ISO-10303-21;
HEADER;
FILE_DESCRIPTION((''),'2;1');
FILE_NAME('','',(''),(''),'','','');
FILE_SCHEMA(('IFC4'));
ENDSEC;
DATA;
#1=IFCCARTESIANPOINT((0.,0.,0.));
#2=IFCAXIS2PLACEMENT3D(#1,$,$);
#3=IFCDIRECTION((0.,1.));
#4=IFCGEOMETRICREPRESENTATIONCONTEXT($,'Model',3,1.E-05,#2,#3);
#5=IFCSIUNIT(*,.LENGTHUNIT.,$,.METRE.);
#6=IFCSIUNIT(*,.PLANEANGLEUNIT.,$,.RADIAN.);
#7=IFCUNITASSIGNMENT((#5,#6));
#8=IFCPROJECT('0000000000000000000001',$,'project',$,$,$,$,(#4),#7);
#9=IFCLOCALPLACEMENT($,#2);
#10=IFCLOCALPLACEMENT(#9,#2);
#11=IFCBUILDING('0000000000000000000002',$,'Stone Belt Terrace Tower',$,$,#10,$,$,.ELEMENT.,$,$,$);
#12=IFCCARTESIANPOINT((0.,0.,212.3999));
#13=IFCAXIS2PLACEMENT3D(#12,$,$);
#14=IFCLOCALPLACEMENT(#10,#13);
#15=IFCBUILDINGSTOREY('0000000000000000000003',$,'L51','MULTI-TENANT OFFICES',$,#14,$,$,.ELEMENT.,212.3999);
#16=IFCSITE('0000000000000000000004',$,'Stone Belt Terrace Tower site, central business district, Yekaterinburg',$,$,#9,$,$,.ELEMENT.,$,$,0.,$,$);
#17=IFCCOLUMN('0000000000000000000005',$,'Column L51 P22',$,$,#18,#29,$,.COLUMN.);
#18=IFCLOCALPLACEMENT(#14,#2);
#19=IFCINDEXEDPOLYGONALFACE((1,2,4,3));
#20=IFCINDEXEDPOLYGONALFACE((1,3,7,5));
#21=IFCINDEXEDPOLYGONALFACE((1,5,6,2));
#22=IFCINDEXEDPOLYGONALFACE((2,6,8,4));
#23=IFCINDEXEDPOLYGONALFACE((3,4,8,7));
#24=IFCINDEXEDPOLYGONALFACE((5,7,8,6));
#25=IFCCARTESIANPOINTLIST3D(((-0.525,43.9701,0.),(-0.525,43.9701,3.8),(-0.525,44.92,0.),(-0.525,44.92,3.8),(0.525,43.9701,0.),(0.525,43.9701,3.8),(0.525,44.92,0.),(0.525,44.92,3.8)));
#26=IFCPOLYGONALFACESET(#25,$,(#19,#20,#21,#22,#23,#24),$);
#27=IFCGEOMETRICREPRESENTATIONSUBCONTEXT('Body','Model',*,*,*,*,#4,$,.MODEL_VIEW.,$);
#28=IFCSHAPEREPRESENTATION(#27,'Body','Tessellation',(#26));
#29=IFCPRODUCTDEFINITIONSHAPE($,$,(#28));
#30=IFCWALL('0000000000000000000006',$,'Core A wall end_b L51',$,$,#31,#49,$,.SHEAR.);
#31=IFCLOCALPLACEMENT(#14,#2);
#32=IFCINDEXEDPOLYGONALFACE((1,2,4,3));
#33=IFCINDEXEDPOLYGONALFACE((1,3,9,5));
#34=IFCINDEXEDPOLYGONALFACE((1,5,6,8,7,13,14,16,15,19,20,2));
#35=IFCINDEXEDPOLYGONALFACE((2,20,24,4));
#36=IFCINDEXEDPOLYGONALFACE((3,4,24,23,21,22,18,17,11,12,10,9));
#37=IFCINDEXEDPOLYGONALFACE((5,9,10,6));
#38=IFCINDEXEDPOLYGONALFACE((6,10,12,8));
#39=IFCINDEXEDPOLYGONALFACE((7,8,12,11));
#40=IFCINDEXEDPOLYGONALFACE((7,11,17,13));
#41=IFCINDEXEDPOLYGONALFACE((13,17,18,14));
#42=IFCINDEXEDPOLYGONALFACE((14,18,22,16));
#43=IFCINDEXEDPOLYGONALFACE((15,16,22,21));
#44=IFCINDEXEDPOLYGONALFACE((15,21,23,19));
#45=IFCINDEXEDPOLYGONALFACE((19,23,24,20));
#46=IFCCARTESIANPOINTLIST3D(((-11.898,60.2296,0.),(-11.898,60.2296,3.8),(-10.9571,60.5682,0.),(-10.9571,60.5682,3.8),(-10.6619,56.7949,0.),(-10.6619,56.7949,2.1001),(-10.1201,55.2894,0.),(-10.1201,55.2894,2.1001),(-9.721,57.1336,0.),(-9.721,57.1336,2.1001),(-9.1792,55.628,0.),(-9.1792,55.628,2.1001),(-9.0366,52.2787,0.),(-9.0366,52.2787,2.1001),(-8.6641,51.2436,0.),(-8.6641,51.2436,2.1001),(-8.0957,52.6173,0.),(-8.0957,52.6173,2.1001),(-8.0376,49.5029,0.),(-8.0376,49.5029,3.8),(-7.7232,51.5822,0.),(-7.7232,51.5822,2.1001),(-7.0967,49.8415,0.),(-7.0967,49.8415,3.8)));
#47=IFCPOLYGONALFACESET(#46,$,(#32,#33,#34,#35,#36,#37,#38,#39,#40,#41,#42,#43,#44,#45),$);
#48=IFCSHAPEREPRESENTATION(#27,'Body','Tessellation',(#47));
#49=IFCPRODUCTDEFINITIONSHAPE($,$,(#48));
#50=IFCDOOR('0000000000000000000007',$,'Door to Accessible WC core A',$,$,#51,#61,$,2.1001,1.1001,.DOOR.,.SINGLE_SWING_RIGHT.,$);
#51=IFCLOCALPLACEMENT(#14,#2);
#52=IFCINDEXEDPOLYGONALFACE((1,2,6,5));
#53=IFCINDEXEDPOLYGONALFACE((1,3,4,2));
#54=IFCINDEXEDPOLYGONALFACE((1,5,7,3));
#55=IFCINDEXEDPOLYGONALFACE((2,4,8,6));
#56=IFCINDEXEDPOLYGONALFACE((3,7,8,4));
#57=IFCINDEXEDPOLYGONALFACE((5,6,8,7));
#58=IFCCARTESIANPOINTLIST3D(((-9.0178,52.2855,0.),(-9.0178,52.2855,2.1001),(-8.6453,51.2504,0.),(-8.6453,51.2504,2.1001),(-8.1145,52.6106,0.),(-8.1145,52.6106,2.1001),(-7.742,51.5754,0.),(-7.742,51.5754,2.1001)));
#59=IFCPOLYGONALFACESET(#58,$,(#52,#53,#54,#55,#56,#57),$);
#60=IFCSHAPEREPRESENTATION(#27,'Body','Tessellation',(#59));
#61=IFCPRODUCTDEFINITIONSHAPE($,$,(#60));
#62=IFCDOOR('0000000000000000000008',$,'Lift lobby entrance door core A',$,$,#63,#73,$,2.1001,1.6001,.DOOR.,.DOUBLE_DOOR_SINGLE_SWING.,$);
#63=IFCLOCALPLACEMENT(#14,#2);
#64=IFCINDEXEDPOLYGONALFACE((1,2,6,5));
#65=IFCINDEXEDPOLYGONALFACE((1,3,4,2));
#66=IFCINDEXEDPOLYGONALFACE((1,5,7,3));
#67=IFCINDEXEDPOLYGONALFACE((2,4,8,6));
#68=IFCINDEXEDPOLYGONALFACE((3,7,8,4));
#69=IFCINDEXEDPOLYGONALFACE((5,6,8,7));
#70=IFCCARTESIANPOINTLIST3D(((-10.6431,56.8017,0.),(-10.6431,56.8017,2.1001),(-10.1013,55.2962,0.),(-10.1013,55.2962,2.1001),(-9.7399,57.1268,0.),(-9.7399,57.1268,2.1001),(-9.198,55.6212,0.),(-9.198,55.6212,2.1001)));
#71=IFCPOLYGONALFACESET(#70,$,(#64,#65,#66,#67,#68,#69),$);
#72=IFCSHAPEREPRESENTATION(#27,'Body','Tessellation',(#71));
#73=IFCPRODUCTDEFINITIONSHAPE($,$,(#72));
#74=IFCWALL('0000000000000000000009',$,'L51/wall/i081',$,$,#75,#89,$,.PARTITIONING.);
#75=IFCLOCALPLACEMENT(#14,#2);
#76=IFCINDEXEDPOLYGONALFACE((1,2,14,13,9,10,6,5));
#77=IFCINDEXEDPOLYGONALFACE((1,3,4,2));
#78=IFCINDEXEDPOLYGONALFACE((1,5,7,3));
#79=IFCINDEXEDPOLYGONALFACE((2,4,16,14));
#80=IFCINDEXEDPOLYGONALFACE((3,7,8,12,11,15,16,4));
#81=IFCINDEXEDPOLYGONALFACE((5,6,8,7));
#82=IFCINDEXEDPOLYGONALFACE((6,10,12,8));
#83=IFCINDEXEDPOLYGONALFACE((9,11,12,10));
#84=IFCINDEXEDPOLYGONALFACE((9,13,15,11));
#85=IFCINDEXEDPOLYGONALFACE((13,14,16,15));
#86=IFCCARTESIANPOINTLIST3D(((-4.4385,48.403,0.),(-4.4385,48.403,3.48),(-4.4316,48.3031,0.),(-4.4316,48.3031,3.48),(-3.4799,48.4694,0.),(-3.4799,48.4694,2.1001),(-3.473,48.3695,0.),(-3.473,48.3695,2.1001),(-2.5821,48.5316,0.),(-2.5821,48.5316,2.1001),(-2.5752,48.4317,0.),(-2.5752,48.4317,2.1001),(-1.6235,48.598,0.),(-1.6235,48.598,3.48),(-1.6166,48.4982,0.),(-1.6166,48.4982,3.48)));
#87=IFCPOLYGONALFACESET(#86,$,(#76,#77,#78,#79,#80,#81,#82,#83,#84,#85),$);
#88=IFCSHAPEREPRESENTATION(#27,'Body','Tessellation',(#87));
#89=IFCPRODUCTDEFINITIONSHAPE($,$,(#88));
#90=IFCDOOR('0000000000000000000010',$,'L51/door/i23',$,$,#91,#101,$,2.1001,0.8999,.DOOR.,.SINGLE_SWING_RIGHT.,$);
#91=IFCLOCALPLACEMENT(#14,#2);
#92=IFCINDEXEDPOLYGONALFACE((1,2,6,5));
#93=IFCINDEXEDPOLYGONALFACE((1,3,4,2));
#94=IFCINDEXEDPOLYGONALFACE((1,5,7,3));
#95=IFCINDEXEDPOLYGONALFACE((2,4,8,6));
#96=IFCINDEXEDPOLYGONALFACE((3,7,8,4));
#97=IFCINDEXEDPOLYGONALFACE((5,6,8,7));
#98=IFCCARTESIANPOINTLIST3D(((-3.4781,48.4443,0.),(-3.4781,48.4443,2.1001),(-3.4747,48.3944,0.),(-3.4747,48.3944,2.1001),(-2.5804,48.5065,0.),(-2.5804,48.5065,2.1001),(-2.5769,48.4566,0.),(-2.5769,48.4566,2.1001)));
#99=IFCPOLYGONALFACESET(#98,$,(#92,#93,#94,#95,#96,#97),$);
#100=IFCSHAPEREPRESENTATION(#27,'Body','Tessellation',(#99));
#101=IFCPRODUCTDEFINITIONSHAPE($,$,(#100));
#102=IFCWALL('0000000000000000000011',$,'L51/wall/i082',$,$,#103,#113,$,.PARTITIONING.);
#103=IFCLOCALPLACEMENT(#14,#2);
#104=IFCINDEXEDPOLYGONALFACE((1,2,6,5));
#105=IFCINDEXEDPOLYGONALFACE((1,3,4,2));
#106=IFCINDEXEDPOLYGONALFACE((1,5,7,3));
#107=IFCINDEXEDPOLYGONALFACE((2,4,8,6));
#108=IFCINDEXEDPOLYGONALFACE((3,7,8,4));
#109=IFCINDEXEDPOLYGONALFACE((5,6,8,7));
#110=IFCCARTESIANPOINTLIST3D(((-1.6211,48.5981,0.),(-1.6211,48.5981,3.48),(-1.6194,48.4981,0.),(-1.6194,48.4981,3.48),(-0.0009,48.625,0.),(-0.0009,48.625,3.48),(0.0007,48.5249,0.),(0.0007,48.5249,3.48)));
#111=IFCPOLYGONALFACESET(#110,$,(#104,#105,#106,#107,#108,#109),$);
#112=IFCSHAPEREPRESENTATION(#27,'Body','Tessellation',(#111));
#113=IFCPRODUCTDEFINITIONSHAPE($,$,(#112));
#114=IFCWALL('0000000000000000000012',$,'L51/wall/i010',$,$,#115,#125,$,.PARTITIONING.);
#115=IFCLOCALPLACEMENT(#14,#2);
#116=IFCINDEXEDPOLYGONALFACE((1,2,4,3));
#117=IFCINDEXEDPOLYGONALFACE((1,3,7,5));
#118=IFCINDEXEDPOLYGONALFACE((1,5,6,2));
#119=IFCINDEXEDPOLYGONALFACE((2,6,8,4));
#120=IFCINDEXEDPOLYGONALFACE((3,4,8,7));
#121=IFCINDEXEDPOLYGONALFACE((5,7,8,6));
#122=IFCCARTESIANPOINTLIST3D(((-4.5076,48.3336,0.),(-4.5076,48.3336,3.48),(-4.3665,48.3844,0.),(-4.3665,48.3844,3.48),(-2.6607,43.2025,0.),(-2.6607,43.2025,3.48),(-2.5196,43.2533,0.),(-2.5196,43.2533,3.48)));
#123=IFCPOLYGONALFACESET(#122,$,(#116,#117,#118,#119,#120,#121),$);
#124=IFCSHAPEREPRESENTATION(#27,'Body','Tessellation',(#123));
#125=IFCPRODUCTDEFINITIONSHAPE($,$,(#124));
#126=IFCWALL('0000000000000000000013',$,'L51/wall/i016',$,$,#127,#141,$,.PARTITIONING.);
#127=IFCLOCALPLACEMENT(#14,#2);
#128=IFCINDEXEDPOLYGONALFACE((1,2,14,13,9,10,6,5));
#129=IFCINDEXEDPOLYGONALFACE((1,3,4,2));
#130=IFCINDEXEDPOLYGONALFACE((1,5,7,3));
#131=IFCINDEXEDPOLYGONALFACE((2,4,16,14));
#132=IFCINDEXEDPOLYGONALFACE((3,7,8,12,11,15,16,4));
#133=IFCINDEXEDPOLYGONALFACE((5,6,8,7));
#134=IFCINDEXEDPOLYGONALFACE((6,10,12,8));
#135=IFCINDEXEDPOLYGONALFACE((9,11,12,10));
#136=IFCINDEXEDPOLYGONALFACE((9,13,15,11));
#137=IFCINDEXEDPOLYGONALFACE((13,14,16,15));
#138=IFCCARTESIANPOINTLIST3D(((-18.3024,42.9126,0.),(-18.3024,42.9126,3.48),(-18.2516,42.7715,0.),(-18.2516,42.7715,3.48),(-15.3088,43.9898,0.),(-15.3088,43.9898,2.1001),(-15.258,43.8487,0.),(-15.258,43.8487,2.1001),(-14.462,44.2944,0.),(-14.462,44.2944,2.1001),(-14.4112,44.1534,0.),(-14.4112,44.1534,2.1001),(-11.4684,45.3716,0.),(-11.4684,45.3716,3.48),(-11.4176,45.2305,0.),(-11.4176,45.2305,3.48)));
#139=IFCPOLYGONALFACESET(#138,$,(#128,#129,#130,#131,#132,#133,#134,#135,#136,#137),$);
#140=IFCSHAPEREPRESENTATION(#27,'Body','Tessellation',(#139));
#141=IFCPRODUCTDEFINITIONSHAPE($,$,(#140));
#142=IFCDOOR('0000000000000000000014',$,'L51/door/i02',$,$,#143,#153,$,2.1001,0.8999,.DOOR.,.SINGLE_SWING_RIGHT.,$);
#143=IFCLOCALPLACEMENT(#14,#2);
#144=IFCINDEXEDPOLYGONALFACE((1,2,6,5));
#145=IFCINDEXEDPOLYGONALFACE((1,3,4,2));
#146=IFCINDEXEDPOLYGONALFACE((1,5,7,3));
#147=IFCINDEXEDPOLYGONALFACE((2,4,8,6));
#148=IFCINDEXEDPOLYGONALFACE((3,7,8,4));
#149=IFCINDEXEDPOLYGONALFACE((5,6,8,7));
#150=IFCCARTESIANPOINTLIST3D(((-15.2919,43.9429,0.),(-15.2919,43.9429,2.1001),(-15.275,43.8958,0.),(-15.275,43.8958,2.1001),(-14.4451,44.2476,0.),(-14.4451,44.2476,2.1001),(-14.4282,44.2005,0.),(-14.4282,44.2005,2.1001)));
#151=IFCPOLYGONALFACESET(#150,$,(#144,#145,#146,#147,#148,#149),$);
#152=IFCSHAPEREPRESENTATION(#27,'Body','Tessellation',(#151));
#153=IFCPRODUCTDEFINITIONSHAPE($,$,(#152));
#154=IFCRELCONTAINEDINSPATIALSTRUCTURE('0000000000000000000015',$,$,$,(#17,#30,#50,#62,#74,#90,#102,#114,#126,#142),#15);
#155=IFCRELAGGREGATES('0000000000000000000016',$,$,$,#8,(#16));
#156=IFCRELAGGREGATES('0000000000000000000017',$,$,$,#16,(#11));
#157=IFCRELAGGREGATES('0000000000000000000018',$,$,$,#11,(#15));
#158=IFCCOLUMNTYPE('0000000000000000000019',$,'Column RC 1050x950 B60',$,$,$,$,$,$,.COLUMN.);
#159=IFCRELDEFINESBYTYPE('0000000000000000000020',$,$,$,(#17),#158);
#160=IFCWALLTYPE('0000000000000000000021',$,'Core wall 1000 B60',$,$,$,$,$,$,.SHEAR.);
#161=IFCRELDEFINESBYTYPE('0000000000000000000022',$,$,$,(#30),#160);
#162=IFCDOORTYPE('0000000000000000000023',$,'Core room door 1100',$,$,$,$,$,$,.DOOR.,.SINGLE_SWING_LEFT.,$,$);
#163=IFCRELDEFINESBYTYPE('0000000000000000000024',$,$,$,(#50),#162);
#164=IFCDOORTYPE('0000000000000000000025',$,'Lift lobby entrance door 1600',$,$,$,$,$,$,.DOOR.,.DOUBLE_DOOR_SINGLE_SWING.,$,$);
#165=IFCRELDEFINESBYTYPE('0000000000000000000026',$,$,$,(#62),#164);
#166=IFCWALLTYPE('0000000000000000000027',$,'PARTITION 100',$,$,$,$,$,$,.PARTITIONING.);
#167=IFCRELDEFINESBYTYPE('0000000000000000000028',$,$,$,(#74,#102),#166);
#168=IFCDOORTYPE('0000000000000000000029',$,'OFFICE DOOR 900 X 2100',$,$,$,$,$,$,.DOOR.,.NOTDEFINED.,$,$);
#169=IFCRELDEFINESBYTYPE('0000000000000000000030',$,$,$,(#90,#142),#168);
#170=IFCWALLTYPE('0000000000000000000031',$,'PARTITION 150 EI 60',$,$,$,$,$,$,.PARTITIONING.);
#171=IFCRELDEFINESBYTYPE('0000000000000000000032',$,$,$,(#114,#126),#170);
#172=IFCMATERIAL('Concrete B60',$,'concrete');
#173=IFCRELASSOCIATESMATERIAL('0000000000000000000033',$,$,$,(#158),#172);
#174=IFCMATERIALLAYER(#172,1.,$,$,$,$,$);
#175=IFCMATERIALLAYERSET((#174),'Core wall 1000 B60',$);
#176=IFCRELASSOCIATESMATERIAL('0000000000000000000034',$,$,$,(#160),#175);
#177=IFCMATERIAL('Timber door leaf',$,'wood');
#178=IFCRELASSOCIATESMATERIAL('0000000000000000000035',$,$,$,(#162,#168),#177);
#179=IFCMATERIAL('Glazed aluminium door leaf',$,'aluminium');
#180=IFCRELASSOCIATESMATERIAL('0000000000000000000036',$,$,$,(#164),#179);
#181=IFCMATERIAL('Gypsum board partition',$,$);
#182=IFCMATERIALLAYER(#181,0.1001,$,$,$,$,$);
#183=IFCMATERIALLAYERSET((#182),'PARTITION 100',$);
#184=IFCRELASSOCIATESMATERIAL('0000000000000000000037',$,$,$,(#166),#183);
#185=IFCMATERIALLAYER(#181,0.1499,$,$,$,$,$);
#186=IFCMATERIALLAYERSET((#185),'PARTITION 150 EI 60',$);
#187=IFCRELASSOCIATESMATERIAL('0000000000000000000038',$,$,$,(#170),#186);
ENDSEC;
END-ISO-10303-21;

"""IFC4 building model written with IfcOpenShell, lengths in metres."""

from ifc_helpers import new_model, si_unit, direction, frame, frame_2d, origin, origin_2d, place, context, subcontext, project, spatial, rectangle, extrude, material, layer, layer_set, material_profile, profile_set, type_object, element, fill, save


model = new_model("IFC4")

# Units and contexts
model_context = context("Model", 3, precision=1e-05, world=origin(), true_north=direction((0.0, 1.0)))
body_context = subcontext(model_context, "Body", "Model", "MODEL_VIEW")
ifc_project = project(units=[si_unit("LENGTHUNIT", "METRE"), si_unit("PLANEANGLEUNIT", "RADIAN")], contexts=[model_context])

# Site, building, storey
site_placement = place(None, origin())
site = spatial("IfcSite", under=ifc_project, at=site_placement, Name="Stone Belt Terrace Tower site, central business district, Yekaterinburg", CompositionType="ELEMENT", RefElevation=0.0)
building_placement = place(site_placement, origin())
building = spatial("IfcBuilding", under=site, at=building_placement, Name="Stone Belt Terrace Tower", CompositionType="ELEMENT")
storey_placement = place(building_placement, frame((0.0, 0.0, 212.3999)))
storey = spatial("IfcBuildingStorey", under=building, at=storey_placement, Name="L51", Description="MULTI-TENANT OFFICES", CompositionType="ELEMENT", Elevation=212.3999)

# Column
ifc_material_1 = material(Name="Concrete B60", Category="concrete")
ifc_material_profile = material_profile(ifc_material_1, rectangle(XDim=1.05, YDim=0.95, at=origin_2d()), Name="RC 1050x950")
ifc_profile_set = profile_set([ifc_material_profile], Name="Concrete B60")
column_type = type_object("IfcColumnType", Name="Column RC 1050x950 B60", PredefinedType="COLUMN", material=ifc_profile_set)
column_placement = place(storey_placement, frame((0.0, 44.4451, 0.0), z_axis=(0.0, 0.0, 1.0), x_axis=(1.0, 0.0, 0.0)))
element("IfcColumn", 1, at=column_placement, inside=storey, type_object=column_type, Name="Column L51 P22", PredefinedType="COLUMN", context=body_context, shape_type="SweptSolid", body=[
    extrude(rectangle(XDim=1.05, YDim=0.95, at=origin_2d()), origin(), (0.0, 0.0, 1.0), 3.8),
])

# Wall, openings, doors
ifc_layer_1 = layer(ifc_material_1, 1.0)
ifc_layer_set_1 = layer_set([ifc_layer_1], Name="Core wall 1000 B60")
wall_type_1 = type_object("IfcWallType", Name="Core wall 1000 B60", PredefinedType="SHEAR", material=ifc_layer_set_1)
wall_1_placement = place(storey_placement, frame((-7.5671, 49.6721, 0.0), z_axis=(0.0, 0.0, 1.0), x_axis=(-0.338625, 0.940921, 0.0)))
wall_1 = element("IfcWall", 2, at=wall_1_placement, inside=storey, type_object=wall_type_1, Name="Core A wall end_b L51", PredefinedType="SHEAR", context=body_context, shape_type="SweptSolid", body=[
    extrude(rectangle(XDim=11.4001, YDim=1.0, at=frame_2d((5.7002, 0.0))), origin(), (0.0, 0.0, 1.0), 3.8),
])
opening_1_placement = place(wall_1_placement, frame((6.1499, 0.0, 0.0)))
opening_1 = element("IfcOpeningElement", 3, at=opening_1_placement, cuts=wall_1, PredefinedType="OPENING", context=body_context, shape_type="SweptSolid", body=[
    extrude(rectangle(XDim=1.6001, YDim=2.1001, at=frame_2d((0.8, 1.05))), frame((0.0, 0.51, 0.0), z_axis=(0.0, -1.0, 0.0), x_axis=(1.0, 0.0, 0.0)), (0.0, 0.0, 1.0), 1.02),
])
opening_2_placement = place(wall_1_placement, frame((1.8501, 0.0, 0.0)))
opening_2 = element("IfcOpeningElement", 4, at=opening_2_placement, cuts=wall_1, PredefinedType="OPENING", context=body_context, shape_type="SweptSolid", body=[
    extrude(rectangle(XDim=1.1001, YDim=2.1001, at=frame_2d((0.55, 1.05))), frame((0.0, 0.51, 0.0), z_axis=(0.0, -1.0, 0.0), x_axis=(1.0, 0.0, 0.0)), (0.0, 0.0, 1.0), 1.02),
])
ifc_material_2 = material(Name="Timber door leaf", Category="wood")
door_type_1 = type_object("IfcDoorType", Name="Core room door 1100", OperationType="SINGLE_SWING_LEFT", PredefinedType="DOOR", material=ifc_material_2)
door_1_placement = place(opening_2_placement, origin())
door_1 = element("IfcDoor", 5, at=door_1_placement, inside=storey, type_object=door_type_1, Name="Door to Accessible WC core A", OperationType="SINGLE_SWING_RIGHT", OverallHeight=2.1001, OverallWidth=1.1001, PredefinedType="DOOR", context=body_context, shape_type="SweptSolid", body=[
    extrude(rectangle(XDim=1.1001, YDim=2.1001, at=frame_2d((0.55, 1.05))), frame((0.0, 0.48, 0.0), z_axis=(0.0, -1.0, 0.0), x_axis=(1.0, 0.0, 0.0)), (0.0, 0.0, 1.0), 0.96),
])
fill(opening_2, door_1)
ifc_material_3 = material(Name="Glazed aluminium door leaf", Category="aluminium")
door_type_2 = type_object("IfcDoorType", Name="Lift lobby entrance door 1600", OperationType="DOUBLE_DOOR_SINGLE_SWING", PredefinedType="DOOR", material=ifc_material_3)
door_2_placement = place(opening_1_placement, origin())
door_2 = element("IfcDoor", 6, at=door_2_placement, inside=storey, type_object=door_type_2, Name="Lift lobby entrance door core A", OperationType="DOUBLE_DOOR_SINGLE_SWING", OverallHeight=2.1001, OverallWidth=1.6001, PredefinedType="DOOR", context=body_context, shape_type="SweptSolid", body=[
    extrude(rectangle(XDim=1.6001, YDim=2.1001, at=frame_2d((0.8, 1.05))), frame((0.0, 0.48, 0.0), z_axis=(0.0, -1.0, 0.0), x_axis=(1.0, 0.0, 0.0)), (0.0, 0.0, 1.0), 0.96),
])
fill(opening_1, door_2)

# Wall, opening, door
ifc_material_4 = material(Name="Gypsum board partition")
ifc_layer_2 = layer(ifc_material_4, 0.1001)
ifc_layer_set_2 = layer_set([ifc_layer_2], Name="PARTITION 100")
wall_type_2 = type_object("IfcWallType", Name="PARTITION 100", PredefinedType="PARTITIONING", material=ifc_layer_set_2)
wall_2_placement = place(storey_placement, frame((-4.4351, 48.353, 0.0), z_axis=(0.0, 0.0, 1.0), x_axis=(0.997608, 0.069132, 0.0)))
wall_2 = element("IfcWall", 7, at=wall_2_placement, inside=storey, type_object=wall_type_2, Name="L51/wall/i081", PredefinedType="PARTITIONING", context=body_context, shape_type="SweptSolid", body=[
    extrude(rectangle(XDim=2.8218, YDim=0.1001, at=frame_2d((1.4109, 0.0))), origin(), (0.0, 0.0, 1.0), 3.48),
])
opening_3_placement = place(wall_2_placement, frame((0.9609, 0.0, 0.0)))
opening_3 = element("IfcOpeningElement", 8, at=opening_3_placement, cuts=wall_2, PredefinedType="OPENING", context=body_context, shape_type="SweptSolid", body=[
    extrude(rectangle(XDim=0.8999, YDim=2.1001, at=frame_2d((0.45, 1.05))), frame((0.0, 0.0601, 0.0), z_axis=(0.0, -1.0, 0.0), x_axis=(1.0, 0.0, 0.0)), (0.0, 0.0, 1.0), 0.1201),
])
door_type_3 = type_object("IfcDoorType", Name="OFFICE DOOR 900 X 2100", OperationType="NOTDEFINED", PredefinedType="DOOR", material=ifc_material_2)
door_3_placement = place(opening_3_placement, origin())
door_3 = element("IfcDoor", 9, at=door_3_placement, inside=storey, type_object=door_type_3, Name="L51/door/i23", OperationType="SINGLE_SWING_RIGHT", OverallHeight=2.1001, OverallWidth=0.8999, PredefinedType="DOOR", context=body_context, shape_type="SweptSolid", body=[
    extrude(rectangle(XDim=0.8999, YDim=2.1001, at=frame_2d((0.45, 1.05))), frame((0.0, 0.0249, 0.0), z_axis=(0.0, -1.0, 0.0), x_axis=(1.0, 0.0, 0.0)), (0.0, 0.0, 1.0), 0.05),
])
fill(opening_3, door_3)

# Walls
wall_3_placement = place(storey_placement, frame((-1.6201, 48.5481, 0.0), z_axis=(0.0, 0.0, 1.0), x_axis=(0.999863, 0.016574, 0.0)))
element("IfcWall", 10, at=wall_3_placement, inside=storey, type_object=wall_type_2, Name="L51/wall/i082", PredefinedType="PARTITIONING", context=body_context, shape_type="SweptSolid", body=[
    extrude(rectangle(XDim=1.6204, YDim=0.1001, at=frame_2d((0.8101, 0.0))), origin(), (0.0, 0.0, 1.0), 3.48),
])
ifc_layer_3 = layer(ifc_material_4, 0.1499)
ifc_layer_set_3 = layer_set([ifc_layer_3], Name="PARTITION 150 EI 60")
wall_type_3 = type_object("IfcWallType", Name="PARTITION 150 EI 60", PredefinedType="PARTITIONING", material=ifc_layer_set_3)
wall_4_placement = place(storey_placement, frame((-4.437, 48.3589, 0.0), z_axis=(0.0, 0.0, 1.0), x_axis=(0.338675, -0.940903, 0.0)))
element("IfcWall", 11, at=wall_4_placement, inside=storey, type_object=wall_type_3, Name="L51/wall/i010", PredefinedType="PARTITIONING", context=body_context, shape_type="SweptSolid", body=[
    extrude(rectangle(XDim=5.4534, YDim=0.1499, at=frame_2d((2.7266, 0.0))), origin(), (0.0, 0.0, 1.0), 3.48),
])

# Wall, opening, door
wall_5_placement = place(storey_placement, frame((-11.4431, 45.301, 0.0), z_axis=(0.0, 0.0, 1.0), x_axis=(-0.940942, -0.338567, 0.0)))
wall_5 = element("IfcWall", 12, at=wall_5_placement, inside=storey, type_object=wall_type_3, Name="L51/wall/i016", PredefinedType="PARTITIONING", context=body_context, shape_type="SweptSolid", body=[
    extrude(rectangle(XDim=7.2629, YDim=0.1499, at=frame_2d((3.6313, 0.0))), origin(), (0.0, 0.0, 1.0), 3.48),
])
opening_4_placement = place(wall_5_placement, frame((3.1814, 0.0, 0.0)))
opening_4 = element("IfcOpeningElement", 13, at=opening_4_placement, cuts=wall_5, PredefinedType="OPENING", context=body_context, shape_type="SweptSolid", body=[
    extrude(rectangle(XDim=0.8999, YDim=2.1001, at=frame_2d((0.45, 1.05))), frame((0.0, 0.085, 0.0), z_axis=(0.0, -1.0, 0.0), x_axis=(1.0, 0.0, 0.0)), (0.0, 0.0, 1.0), 0.1699),
])
door_4_placement = place(opening_4_placement, origin())
door_4 = element("IfcDoor", 14, at=door_4_placement, inside=storey, type_object=door_type_3, Name="L51/door/i02", OperationType="SINGLE_SWING_RIGHT", OverallHeight=2.1001, OverallWidth=0.8999, PredefinedType="DOOR", context=body_context, shape_type="SweptSolid", body=[
    extrude(rectangle(XDim=0.8999, YDim=2.1001, at=frame_2d((0.45, 1.05))), frame((0.0, 0.0249, 0.0), z_axis=(0.0, -1.0, 0.0), x_axis=(1.0, 0.0, 0.0)), (0.0, 0.0, 1.0), 0.05),
])
fill(opening_4, door_4)

save(model, "model.ifc")
